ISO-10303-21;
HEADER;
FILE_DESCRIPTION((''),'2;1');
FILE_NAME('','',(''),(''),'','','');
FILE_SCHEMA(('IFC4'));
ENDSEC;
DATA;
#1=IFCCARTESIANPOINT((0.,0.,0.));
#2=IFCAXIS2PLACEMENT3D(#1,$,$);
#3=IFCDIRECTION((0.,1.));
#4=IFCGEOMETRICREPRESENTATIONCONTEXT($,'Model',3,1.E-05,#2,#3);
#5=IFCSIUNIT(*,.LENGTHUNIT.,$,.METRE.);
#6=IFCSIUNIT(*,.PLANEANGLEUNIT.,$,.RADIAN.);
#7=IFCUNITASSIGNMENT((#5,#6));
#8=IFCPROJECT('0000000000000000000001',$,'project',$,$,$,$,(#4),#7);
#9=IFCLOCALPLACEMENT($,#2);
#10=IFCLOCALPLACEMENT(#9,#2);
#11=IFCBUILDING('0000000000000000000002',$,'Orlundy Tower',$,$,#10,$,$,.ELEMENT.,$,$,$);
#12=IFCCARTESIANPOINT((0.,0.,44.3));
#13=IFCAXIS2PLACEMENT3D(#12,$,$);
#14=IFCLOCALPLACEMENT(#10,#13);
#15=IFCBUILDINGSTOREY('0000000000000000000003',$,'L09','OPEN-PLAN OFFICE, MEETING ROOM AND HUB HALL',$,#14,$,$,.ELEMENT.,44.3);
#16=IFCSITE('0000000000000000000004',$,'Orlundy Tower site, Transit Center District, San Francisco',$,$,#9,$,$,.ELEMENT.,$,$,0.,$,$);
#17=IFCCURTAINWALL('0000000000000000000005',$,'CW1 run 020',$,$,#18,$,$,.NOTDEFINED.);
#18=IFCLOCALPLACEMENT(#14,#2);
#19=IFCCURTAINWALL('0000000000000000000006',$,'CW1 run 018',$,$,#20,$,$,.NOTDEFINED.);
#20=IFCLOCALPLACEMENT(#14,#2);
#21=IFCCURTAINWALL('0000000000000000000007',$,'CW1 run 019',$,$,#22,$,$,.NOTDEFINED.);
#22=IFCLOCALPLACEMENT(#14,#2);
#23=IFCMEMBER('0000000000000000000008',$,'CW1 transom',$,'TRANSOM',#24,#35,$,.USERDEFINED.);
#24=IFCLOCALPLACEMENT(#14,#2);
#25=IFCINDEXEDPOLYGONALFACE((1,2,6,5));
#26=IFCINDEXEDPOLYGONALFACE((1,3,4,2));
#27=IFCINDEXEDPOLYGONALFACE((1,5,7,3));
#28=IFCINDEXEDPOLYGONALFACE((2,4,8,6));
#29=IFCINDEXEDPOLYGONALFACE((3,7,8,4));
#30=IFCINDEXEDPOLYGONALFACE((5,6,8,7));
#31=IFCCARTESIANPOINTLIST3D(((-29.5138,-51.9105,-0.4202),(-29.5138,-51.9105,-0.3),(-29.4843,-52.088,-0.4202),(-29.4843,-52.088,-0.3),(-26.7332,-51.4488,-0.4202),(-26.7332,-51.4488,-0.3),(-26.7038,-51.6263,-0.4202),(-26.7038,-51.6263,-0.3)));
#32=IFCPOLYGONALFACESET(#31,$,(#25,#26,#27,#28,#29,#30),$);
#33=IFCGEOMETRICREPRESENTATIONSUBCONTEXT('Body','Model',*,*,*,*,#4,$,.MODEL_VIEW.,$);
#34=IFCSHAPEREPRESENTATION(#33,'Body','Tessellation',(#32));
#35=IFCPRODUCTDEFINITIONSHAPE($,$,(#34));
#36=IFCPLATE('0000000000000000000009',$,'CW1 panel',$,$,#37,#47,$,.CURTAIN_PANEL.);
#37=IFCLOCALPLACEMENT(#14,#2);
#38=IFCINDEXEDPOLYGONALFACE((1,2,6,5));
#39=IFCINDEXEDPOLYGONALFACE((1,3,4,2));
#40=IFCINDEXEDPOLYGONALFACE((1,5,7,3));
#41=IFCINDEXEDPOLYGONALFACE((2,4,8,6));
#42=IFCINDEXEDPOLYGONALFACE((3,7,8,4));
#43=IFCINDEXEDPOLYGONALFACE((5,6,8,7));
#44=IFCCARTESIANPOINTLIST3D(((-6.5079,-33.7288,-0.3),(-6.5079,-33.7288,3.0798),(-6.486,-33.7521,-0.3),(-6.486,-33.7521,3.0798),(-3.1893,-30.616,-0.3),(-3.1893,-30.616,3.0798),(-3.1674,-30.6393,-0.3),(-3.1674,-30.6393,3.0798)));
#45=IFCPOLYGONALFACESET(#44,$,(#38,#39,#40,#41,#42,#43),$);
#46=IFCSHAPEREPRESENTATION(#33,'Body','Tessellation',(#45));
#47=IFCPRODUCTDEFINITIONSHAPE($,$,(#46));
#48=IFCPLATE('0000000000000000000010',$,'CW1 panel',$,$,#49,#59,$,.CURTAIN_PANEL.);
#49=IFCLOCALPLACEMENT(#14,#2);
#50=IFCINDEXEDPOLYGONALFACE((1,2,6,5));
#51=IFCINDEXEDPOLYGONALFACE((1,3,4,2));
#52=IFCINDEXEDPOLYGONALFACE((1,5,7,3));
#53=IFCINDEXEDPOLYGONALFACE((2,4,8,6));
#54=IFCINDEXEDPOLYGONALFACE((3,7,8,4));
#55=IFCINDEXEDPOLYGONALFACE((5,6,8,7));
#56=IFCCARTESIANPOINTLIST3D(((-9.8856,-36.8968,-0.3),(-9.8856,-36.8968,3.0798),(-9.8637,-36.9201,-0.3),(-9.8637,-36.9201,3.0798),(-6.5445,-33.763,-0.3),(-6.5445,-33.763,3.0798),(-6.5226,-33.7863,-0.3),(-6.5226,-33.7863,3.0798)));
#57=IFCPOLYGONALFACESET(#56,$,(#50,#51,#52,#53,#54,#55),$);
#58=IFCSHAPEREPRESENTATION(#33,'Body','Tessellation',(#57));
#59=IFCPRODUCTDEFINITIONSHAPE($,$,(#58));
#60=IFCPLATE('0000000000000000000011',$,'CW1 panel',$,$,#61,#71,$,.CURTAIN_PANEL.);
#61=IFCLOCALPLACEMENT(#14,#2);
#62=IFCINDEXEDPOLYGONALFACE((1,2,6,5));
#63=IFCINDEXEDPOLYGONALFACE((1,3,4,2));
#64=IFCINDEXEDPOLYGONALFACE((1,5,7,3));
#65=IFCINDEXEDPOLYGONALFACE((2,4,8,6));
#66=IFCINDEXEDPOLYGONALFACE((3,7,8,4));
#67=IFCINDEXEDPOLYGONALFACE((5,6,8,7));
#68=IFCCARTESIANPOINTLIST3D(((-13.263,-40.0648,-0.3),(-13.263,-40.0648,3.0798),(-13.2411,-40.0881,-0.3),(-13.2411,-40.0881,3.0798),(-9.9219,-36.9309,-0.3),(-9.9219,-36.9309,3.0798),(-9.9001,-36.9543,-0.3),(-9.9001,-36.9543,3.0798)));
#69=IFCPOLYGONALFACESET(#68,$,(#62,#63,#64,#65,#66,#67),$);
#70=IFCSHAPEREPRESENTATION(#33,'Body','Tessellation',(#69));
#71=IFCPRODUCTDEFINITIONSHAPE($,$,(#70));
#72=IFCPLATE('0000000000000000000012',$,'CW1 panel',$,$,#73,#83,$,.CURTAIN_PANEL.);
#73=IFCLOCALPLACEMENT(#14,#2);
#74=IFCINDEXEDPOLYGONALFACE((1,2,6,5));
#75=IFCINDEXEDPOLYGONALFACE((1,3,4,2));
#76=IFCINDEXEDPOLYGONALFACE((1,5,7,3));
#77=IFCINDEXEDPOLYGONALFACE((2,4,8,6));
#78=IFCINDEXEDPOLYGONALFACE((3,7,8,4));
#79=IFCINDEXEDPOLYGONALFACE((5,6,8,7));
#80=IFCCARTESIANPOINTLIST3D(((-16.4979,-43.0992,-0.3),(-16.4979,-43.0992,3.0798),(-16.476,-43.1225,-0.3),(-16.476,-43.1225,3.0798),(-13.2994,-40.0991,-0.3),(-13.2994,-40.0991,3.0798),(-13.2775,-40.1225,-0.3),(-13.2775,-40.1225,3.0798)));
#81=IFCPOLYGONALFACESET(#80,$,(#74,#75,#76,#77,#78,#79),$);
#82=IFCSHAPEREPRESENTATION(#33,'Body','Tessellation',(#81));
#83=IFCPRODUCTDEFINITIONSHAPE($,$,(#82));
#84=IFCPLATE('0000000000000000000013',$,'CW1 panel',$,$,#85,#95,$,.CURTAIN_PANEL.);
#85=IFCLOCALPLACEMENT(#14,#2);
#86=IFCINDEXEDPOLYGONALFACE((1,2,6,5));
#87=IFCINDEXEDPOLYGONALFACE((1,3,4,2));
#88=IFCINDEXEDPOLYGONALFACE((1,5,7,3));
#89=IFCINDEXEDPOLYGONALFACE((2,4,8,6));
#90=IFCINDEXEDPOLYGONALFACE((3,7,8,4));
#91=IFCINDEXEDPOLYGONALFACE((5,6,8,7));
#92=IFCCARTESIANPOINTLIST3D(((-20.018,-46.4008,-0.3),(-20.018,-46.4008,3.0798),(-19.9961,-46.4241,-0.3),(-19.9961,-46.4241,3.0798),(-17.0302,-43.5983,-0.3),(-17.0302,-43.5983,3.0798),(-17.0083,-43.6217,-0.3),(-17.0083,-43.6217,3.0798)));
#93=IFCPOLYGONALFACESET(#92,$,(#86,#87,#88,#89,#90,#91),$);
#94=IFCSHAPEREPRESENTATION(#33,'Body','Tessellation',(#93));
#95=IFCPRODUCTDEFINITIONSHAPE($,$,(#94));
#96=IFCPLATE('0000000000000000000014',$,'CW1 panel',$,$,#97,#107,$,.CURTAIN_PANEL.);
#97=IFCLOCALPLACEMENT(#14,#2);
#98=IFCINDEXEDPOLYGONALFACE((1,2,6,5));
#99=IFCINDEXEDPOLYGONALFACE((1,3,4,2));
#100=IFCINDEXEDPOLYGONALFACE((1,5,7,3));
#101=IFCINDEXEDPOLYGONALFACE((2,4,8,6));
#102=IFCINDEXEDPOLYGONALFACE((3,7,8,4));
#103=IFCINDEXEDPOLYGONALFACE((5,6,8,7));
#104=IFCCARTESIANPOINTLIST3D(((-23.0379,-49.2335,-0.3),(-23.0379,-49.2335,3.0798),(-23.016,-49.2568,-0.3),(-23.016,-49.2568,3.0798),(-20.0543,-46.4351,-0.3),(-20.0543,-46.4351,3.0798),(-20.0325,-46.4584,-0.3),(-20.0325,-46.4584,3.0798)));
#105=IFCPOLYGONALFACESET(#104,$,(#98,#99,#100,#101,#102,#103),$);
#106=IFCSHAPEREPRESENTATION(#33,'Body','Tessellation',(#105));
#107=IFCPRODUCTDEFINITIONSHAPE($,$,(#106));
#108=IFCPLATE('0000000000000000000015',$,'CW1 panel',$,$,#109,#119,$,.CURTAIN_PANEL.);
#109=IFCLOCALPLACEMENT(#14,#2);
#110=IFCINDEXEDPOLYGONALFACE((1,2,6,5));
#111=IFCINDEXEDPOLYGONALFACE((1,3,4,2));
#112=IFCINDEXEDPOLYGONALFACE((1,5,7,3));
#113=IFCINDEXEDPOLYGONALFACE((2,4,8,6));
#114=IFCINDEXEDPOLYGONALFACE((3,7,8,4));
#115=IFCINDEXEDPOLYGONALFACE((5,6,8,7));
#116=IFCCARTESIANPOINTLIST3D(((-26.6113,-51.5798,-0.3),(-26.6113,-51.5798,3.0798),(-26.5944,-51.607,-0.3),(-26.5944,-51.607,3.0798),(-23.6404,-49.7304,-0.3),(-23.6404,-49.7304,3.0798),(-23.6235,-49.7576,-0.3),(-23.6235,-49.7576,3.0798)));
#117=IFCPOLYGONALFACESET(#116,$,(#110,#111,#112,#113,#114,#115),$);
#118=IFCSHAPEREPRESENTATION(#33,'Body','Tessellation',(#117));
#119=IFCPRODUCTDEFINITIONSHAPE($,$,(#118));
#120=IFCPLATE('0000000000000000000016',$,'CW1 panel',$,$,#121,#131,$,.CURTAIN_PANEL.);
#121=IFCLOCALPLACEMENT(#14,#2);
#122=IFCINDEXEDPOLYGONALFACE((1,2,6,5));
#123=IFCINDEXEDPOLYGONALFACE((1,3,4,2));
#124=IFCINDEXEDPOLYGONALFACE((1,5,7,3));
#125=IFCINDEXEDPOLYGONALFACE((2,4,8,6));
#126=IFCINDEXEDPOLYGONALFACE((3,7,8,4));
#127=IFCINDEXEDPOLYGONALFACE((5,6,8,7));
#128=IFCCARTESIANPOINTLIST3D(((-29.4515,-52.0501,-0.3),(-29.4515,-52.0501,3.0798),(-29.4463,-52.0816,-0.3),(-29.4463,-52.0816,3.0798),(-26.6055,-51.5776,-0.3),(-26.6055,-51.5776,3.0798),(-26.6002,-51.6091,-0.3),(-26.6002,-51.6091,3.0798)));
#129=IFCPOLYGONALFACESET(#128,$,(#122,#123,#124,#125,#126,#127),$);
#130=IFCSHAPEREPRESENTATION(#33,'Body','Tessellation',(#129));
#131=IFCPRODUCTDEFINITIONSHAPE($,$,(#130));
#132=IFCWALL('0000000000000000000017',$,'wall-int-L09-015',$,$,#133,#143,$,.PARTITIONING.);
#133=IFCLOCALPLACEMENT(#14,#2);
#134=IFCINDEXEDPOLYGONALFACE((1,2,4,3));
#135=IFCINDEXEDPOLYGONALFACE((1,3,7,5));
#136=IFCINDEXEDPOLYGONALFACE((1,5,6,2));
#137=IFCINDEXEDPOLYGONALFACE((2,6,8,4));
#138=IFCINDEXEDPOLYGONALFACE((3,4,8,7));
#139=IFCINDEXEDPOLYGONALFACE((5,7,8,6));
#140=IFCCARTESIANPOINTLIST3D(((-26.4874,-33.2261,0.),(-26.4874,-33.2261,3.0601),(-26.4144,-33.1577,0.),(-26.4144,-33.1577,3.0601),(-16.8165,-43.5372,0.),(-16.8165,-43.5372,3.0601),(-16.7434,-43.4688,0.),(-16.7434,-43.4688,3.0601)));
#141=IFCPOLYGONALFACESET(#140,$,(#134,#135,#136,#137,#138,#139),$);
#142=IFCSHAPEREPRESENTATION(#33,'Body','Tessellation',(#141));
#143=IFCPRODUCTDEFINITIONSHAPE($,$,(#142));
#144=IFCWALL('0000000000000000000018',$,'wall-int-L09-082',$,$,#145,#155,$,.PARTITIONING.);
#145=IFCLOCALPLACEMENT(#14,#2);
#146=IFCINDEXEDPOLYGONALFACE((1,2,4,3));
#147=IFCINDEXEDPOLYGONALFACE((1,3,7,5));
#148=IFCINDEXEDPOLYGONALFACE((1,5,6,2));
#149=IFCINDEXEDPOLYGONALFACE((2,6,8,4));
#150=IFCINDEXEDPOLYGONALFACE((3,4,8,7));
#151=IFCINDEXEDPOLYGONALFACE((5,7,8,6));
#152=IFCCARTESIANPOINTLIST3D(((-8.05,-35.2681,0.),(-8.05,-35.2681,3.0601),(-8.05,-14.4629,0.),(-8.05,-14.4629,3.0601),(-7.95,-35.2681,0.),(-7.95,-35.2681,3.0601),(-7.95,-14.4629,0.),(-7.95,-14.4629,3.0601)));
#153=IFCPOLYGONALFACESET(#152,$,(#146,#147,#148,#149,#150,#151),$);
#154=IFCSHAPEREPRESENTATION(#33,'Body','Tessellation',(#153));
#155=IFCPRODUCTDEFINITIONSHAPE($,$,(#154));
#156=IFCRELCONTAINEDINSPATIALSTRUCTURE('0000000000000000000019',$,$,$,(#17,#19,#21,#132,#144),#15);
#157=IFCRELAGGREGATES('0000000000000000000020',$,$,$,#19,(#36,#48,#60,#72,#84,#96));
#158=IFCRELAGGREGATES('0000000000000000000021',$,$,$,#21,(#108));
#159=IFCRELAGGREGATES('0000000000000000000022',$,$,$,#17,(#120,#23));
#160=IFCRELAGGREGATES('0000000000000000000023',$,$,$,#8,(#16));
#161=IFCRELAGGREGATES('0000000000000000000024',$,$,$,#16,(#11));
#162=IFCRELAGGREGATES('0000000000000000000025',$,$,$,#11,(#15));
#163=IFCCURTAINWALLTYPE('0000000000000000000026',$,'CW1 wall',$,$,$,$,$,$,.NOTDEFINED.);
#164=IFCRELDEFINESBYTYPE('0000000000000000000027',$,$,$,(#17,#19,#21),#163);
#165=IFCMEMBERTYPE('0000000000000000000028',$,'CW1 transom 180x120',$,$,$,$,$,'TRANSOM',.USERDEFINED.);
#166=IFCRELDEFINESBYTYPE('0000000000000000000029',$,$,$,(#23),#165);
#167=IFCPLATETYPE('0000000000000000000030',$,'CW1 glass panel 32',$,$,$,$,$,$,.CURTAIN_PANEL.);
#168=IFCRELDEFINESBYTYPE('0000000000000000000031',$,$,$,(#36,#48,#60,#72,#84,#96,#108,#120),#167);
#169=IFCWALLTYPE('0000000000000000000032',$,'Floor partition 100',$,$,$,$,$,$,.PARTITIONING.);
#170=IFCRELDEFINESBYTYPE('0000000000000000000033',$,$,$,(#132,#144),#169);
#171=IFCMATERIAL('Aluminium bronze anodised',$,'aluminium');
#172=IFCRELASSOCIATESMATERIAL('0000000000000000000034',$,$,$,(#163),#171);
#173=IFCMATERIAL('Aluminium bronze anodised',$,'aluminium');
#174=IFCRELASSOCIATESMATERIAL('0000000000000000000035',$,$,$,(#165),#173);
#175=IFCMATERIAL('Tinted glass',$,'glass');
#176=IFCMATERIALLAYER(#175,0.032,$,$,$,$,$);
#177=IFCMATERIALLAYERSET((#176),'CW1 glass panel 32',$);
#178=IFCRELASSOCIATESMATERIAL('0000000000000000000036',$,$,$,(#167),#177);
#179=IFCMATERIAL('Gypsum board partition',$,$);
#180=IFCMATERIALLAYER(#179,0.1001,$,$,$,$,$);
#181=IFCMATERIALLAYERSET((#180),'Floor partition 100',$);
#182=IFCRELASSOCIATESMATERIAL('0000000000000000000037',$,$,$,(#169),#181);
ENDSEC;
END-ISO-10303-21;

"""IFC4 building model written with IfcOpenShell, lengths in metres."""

from ifc_helpers import new_model, si_unit, direction, frame, frame_2d, origin, origin_2d, place, context, subcontext, project, spatial, rectangle, extrude, material, layer, layer_set, material_profile, profile_set, type_object, element, aggregate, save


model = new_model("IFC4")

# Units and contexts
model_context = context("Model", 3, precision=1e-05, world=origin(), true_north=direction((0.0, 1.0)))
body_context = subcontext(model_context, "Body", "Model", "MODEL_VIEW")
ifc_project = project(units=[si_unit("LENGTHUNIT", "METRE"), si_unit("PLANEANGLEUNIT", "RADIAN")], contexts=[model_context])

# Site, building, storey
site_placement = place(None, origin())
site = spatial("IfcSite", under=ifc_project, at=site_placement, Name="Orlundy Tower site, Transit Center District, San Francisco", CompositionType="ELEMENT", RefElevation=0.0)
building_placement = place(site_placement, origin())
building = spatial("IfcBuilding", under=site, at=building_placement, Name="Orlundy Tower", CompositionType="ELEMENT")
storey_placement = place(building_placement, frame((0.0, 0.0, 44.3)))
storey = spatial("IfcBuildingStorey", under=building, at=storey_placement, Name="L09", Description="OPEN-PLAN OFFICE, MEETING ROOM AND HUB HALL", CompositionType="ELEMENT", Elevation=44.3)

# Curtain wall
ifc_material_1 = material(Name="Aluminium bronze anodised", Category="aluminium")
curtain_wall_type = type_object("IfcCurtainWallType", Name="CW1 wall", PredefinedType="NOTDEFINED", material=ifc_material_1)
curtain_wall_1_placement = place(storey_placement, origin())
curtain_wall_1 = element("IfcCurtainWall", 1, at=curtain_wall_1_placement, inside=storey, type_object=curtain_wall_type, Name="CW1 run 020", PredefinedType="NOTDEFINED")

# Curtain wall
curtain_wall_2_placement = place(storey_placement, origin())
curtain_wall_2 = element("IfcCurtainWall", 2, at=curtain_wall_2_placement, inside=storey, type_object=curtain_wall_type, Name="CW1 run 018", PredefinedType="NOTDEFINED")
ifc_material_2 = material(Name="Aluminium bronze anodised", Category="aluminium")
ifc_material_profile_1 = material_profile(ifc_material_2, rectangle(XDim=0.1799, YDim=0.1201, at=origin_2d()), Name="CW1 transom 180x120")
ifc_profile_set_1 = profile_set([ifc_material_profile_1], Name="Aluminium bronze anodised")
member_type_1 = type_object("IfcMemberType", Name="CW1 transom 180x120", ElementType="TRANSOM", PredefinedType="USERDEFINED", material=ifc_profile_set_1)

# Curtain wall
curtain_wall_3_placement = place(storey_placement, origin())
curtain_wall_3 = element("IfcCurtainWall", 3, at=curtain_wall_3_placement, inside=storey, type_object=curtain_wall_type, Name="CW1 run 019", PredefinedType="NOTDEFINED")

# Member
member_1_placement = place(storey_placement, frame((-26.7185, -51.5376, -0.3601), z_axis=(-0.986494, -0.163795, 0.0), x_axis=(0.163795, -0.986494, 0.0)))
member_1 = element("IfcMember", 4, at=member_1_placement, type_object=member_type_1, Name="CW1 transom", ObjectType="TRANSOM", PredefinedType="USERDEFINED", context=body_context, shape_type="SweptSolid", body=[
    extrude(rectangle(XDim=0.1799, YDim=0.1201, at=origin_2d()), origin(), (0.0, 0.0, 1.0), 2.8186),
])

# Plates
ifc_material_3 = material(Name="Tinted glass", Category="glass")
ifc_layer_1 = layer(ifc_material_3, 0.032)
ifc_layer_set_1 = layer_set([ifc_layer_1], Name="CW1 glass panel 32")
plate_type = type_object("IfcPlateType", Name="CW1 glass panel 32", PredefinedType="CURTAIN_PANEL", material=ifc_layer_set_1)
plate_1_placement = place(storey_placement, frame((-4.8376, -32.1841, -0.3), z_axis=(0.0, 0.0, 1.0), x_axis=(-0.729365, -0.684124, 0.0)))
plate_1 = element("IfcPlate", 5, at=plate_1_placement, type_object=plate_type, Name="CW1 panel", PredefinedType="CURTAIN_PANEL", context=body_context, shape_type="SweptSolid", body=[
    extrude(rectangle(XDim=4.55, YDim=0.032, at=origin_2d()), origin(), (0.0, 0.0, 1.0), 3.3799),
])
plate_2_placement = place(storey_placement, frame((-8.2041, -35.3416, -0.3), z_axis=(0.0, 0.0, 1.0), x_axis=(-0.729365, -0.684124, 0.0)))
plate_2 = element("IfcPlate", 6, at=plate_2_placement, type_object=plate_type, Name="CW1 panel", PredefinedType="CURTAIN_PANEL", context=body_context, shape_type="SweptSolid", body=[
    extrude(rectangle(XDim=4.5808, YDim=0.032, at=origin_2d()), origin(), (0.0, 0.0, 1.0), 3.3799),
])
plate_3_placement = place(storey_placement, frame((-11.5815, -38.5095, -0.3), z_axis=(0.0, 0.0, 1.0), x_axis=(-0.729365, -0.684124, 0.0)))
plate_3 = element("IfcPlate", 7, at=plate_3_placement, type_object=plate_type, Name="CW1 panel", PredefinedType="CURTAIN_PANEL", context=body_context, shape_type="SweptSolid", body=[
    extrude(rectangle(XDim=4.5808, YDim=0.032, at=origin_2d()), origin(), (0.0, 0.0, 1.0), 3.3799),
])
plate_4_placement = place(storey_placement, frame((-14.8877, -41.6108, -0.3), z_axis=(0.0, 0.0, 1.0), x_axis=(-0.729365, -0.684124, 0.0)))
plate_4 = element("IfcPlate", 8, at=plate_4_placement, type_object=plate_type, Name="CW1 panel", PredefinedType="CURTAIN_PANEL", context=body_context, shape_type="SweptSolid", body=[
    extrude(rectangle(XDim=4.3853, YDim=0.032, at=origin_2d()), origin(), (0.0, 0.0, 1.0), 3.3799),
])
plate_5_placement = place(storey_placement, frame((-18.5132, -45.0112, -0.3), z_axis=(0.0, 0.0, 1.0), x_axis=(-0.729365, -0.684124, 0.0)))
plate_5 = element("IfcPlate", 9, at=plate_5_placement, type_object=plate_type, Name="CW1 panel", PredefinedType="CURTAIN_PANEL", context=body_context, shape_type="SweptSolid", body=[
    extrude(rectangle(XDim=4.0964, YDim=0.032, at=origin_2d()), origin(), (0.0, 0.0, 1.0), 3.3799),
])
plate_6_placement = place(storey_placement, frame((-21.5352, -47.8459, -0.3), z_axis=(0.0, 0.0, 1.0), x_axis=(-0.729365, -0.684124, 0.0)))
plate_6 = element("IfcPlate", 10, at=plate_6_placement, type_object=plate_type, Name="CW1 panel", PredefinedType="CURTAIN_PANEL", context=body_context, shape_type="SweptSolid", body=[
    extrude(rectangle(XDim=4.0906, YDim=0.032, at=origin_2d()), origin(), (0.0, 0.0, 1.0), 3.3799),
])
aggregate(curtain_wall_2, [plate_1, plate_2, plate_3, plate_4, plate_5, plate_6])
plate_7_placement = place(storey_placement, frame((-25.1174, -50.6687, -0.3), z_axis=(0.0, 0.0, 1.0), x_axis=(-0.848952, -0.52847, 0.0)))
plate_7 = element("IfcPlate", 11, at=plate_7_placement, type_object=plate_type, Name="CW1 panel", PredefinedType="CURTAIN_PANEL", context=body_context, shape_type="SweptSolid", body=[
    extrude(rectangle(XDim=3.4995, YDim=0.032, at=origin_2d()), origin(), (0.0, 0.0, 1.0), 3.3799),
])
aggregate(curtain_wall_3, [plate_7])
plate_8_placement = place(storey_placement, frame((-28.0259, -51.8296, -0.3), z_axis=(0.0, 0.0, 1.0), x_axis=(-0.986496, -0.163786, 0.0)))
plate_8 = element("IfcPlate", 12, at=plate_8_placement, type_object=plate_type, Name="CW1 panel", PredefinedType="CURTAIN_PANEL", context=body_context, shape_type="SweptSolid", body=[
    extrude(rectangle(XDim=2.885, YDim=0.032, at=origin_2d()), origin(), (0.0, 0.0, 1.0), 3.3799),
])
aggregate(curtain_wall_1, [plate_8, member_1])

# Walls
ifc_material_4 = material(Name="Gypsum board partition")
ifc_layer_2 = layer(ifc_material_4, 0.1001)
ifc_layer_set_2 = layer_set([ifc_layer_2], Name="Floor partition 100")
wall_type = type_object("IfcWallType", Name="Floor partition 100", PredefinedType="PARTITIONING", material=ifc_layer_set_2)
wall_1_placement = place(storey_placement, frame((-26.4509, -33.1919, 0.0), z_axis=(0.0, 0.0, 1.0), x_axis=(0.684103, -0.729385, 0.0)))
element("IfcWall", 13, at=wall_1_placement, inside=storey, type_object=wall_type, Name="wall-int-L09-015", PredefinedType="PARTITIONING", context=body_context, shape_type="SweptSolid", body=[
    extrude(rectangle(XDim=14.1367, YDim=0.1001, at=frame_2d((7.0684, 0.0))), origin(), (0.0, 0.0, 1.0), 3.0601),
])
wall_2_placement = place(storey_placement, frame((-8.0, -35.2681, 0.0), z_axis=(0.0, 0.0, 1.0), x_axis=(0.0, 1.0, 0.0)))
element("IfcWall", 14, at=wall_2_placement, inside=storey, type_object=wall_type, Name="wall-int-L09-082", PredefinedType="PARTITIONING", context=body_context, shape_type="SweptSolid", body=[
    extrude(rectangle(XDim=20.8052, YDim=0.1001, at=frame_2d((10.4026, 0.0))), origin(), (0.0, 0.0, 1.0), 3.0601),
])

save(model, "model.ifc")
